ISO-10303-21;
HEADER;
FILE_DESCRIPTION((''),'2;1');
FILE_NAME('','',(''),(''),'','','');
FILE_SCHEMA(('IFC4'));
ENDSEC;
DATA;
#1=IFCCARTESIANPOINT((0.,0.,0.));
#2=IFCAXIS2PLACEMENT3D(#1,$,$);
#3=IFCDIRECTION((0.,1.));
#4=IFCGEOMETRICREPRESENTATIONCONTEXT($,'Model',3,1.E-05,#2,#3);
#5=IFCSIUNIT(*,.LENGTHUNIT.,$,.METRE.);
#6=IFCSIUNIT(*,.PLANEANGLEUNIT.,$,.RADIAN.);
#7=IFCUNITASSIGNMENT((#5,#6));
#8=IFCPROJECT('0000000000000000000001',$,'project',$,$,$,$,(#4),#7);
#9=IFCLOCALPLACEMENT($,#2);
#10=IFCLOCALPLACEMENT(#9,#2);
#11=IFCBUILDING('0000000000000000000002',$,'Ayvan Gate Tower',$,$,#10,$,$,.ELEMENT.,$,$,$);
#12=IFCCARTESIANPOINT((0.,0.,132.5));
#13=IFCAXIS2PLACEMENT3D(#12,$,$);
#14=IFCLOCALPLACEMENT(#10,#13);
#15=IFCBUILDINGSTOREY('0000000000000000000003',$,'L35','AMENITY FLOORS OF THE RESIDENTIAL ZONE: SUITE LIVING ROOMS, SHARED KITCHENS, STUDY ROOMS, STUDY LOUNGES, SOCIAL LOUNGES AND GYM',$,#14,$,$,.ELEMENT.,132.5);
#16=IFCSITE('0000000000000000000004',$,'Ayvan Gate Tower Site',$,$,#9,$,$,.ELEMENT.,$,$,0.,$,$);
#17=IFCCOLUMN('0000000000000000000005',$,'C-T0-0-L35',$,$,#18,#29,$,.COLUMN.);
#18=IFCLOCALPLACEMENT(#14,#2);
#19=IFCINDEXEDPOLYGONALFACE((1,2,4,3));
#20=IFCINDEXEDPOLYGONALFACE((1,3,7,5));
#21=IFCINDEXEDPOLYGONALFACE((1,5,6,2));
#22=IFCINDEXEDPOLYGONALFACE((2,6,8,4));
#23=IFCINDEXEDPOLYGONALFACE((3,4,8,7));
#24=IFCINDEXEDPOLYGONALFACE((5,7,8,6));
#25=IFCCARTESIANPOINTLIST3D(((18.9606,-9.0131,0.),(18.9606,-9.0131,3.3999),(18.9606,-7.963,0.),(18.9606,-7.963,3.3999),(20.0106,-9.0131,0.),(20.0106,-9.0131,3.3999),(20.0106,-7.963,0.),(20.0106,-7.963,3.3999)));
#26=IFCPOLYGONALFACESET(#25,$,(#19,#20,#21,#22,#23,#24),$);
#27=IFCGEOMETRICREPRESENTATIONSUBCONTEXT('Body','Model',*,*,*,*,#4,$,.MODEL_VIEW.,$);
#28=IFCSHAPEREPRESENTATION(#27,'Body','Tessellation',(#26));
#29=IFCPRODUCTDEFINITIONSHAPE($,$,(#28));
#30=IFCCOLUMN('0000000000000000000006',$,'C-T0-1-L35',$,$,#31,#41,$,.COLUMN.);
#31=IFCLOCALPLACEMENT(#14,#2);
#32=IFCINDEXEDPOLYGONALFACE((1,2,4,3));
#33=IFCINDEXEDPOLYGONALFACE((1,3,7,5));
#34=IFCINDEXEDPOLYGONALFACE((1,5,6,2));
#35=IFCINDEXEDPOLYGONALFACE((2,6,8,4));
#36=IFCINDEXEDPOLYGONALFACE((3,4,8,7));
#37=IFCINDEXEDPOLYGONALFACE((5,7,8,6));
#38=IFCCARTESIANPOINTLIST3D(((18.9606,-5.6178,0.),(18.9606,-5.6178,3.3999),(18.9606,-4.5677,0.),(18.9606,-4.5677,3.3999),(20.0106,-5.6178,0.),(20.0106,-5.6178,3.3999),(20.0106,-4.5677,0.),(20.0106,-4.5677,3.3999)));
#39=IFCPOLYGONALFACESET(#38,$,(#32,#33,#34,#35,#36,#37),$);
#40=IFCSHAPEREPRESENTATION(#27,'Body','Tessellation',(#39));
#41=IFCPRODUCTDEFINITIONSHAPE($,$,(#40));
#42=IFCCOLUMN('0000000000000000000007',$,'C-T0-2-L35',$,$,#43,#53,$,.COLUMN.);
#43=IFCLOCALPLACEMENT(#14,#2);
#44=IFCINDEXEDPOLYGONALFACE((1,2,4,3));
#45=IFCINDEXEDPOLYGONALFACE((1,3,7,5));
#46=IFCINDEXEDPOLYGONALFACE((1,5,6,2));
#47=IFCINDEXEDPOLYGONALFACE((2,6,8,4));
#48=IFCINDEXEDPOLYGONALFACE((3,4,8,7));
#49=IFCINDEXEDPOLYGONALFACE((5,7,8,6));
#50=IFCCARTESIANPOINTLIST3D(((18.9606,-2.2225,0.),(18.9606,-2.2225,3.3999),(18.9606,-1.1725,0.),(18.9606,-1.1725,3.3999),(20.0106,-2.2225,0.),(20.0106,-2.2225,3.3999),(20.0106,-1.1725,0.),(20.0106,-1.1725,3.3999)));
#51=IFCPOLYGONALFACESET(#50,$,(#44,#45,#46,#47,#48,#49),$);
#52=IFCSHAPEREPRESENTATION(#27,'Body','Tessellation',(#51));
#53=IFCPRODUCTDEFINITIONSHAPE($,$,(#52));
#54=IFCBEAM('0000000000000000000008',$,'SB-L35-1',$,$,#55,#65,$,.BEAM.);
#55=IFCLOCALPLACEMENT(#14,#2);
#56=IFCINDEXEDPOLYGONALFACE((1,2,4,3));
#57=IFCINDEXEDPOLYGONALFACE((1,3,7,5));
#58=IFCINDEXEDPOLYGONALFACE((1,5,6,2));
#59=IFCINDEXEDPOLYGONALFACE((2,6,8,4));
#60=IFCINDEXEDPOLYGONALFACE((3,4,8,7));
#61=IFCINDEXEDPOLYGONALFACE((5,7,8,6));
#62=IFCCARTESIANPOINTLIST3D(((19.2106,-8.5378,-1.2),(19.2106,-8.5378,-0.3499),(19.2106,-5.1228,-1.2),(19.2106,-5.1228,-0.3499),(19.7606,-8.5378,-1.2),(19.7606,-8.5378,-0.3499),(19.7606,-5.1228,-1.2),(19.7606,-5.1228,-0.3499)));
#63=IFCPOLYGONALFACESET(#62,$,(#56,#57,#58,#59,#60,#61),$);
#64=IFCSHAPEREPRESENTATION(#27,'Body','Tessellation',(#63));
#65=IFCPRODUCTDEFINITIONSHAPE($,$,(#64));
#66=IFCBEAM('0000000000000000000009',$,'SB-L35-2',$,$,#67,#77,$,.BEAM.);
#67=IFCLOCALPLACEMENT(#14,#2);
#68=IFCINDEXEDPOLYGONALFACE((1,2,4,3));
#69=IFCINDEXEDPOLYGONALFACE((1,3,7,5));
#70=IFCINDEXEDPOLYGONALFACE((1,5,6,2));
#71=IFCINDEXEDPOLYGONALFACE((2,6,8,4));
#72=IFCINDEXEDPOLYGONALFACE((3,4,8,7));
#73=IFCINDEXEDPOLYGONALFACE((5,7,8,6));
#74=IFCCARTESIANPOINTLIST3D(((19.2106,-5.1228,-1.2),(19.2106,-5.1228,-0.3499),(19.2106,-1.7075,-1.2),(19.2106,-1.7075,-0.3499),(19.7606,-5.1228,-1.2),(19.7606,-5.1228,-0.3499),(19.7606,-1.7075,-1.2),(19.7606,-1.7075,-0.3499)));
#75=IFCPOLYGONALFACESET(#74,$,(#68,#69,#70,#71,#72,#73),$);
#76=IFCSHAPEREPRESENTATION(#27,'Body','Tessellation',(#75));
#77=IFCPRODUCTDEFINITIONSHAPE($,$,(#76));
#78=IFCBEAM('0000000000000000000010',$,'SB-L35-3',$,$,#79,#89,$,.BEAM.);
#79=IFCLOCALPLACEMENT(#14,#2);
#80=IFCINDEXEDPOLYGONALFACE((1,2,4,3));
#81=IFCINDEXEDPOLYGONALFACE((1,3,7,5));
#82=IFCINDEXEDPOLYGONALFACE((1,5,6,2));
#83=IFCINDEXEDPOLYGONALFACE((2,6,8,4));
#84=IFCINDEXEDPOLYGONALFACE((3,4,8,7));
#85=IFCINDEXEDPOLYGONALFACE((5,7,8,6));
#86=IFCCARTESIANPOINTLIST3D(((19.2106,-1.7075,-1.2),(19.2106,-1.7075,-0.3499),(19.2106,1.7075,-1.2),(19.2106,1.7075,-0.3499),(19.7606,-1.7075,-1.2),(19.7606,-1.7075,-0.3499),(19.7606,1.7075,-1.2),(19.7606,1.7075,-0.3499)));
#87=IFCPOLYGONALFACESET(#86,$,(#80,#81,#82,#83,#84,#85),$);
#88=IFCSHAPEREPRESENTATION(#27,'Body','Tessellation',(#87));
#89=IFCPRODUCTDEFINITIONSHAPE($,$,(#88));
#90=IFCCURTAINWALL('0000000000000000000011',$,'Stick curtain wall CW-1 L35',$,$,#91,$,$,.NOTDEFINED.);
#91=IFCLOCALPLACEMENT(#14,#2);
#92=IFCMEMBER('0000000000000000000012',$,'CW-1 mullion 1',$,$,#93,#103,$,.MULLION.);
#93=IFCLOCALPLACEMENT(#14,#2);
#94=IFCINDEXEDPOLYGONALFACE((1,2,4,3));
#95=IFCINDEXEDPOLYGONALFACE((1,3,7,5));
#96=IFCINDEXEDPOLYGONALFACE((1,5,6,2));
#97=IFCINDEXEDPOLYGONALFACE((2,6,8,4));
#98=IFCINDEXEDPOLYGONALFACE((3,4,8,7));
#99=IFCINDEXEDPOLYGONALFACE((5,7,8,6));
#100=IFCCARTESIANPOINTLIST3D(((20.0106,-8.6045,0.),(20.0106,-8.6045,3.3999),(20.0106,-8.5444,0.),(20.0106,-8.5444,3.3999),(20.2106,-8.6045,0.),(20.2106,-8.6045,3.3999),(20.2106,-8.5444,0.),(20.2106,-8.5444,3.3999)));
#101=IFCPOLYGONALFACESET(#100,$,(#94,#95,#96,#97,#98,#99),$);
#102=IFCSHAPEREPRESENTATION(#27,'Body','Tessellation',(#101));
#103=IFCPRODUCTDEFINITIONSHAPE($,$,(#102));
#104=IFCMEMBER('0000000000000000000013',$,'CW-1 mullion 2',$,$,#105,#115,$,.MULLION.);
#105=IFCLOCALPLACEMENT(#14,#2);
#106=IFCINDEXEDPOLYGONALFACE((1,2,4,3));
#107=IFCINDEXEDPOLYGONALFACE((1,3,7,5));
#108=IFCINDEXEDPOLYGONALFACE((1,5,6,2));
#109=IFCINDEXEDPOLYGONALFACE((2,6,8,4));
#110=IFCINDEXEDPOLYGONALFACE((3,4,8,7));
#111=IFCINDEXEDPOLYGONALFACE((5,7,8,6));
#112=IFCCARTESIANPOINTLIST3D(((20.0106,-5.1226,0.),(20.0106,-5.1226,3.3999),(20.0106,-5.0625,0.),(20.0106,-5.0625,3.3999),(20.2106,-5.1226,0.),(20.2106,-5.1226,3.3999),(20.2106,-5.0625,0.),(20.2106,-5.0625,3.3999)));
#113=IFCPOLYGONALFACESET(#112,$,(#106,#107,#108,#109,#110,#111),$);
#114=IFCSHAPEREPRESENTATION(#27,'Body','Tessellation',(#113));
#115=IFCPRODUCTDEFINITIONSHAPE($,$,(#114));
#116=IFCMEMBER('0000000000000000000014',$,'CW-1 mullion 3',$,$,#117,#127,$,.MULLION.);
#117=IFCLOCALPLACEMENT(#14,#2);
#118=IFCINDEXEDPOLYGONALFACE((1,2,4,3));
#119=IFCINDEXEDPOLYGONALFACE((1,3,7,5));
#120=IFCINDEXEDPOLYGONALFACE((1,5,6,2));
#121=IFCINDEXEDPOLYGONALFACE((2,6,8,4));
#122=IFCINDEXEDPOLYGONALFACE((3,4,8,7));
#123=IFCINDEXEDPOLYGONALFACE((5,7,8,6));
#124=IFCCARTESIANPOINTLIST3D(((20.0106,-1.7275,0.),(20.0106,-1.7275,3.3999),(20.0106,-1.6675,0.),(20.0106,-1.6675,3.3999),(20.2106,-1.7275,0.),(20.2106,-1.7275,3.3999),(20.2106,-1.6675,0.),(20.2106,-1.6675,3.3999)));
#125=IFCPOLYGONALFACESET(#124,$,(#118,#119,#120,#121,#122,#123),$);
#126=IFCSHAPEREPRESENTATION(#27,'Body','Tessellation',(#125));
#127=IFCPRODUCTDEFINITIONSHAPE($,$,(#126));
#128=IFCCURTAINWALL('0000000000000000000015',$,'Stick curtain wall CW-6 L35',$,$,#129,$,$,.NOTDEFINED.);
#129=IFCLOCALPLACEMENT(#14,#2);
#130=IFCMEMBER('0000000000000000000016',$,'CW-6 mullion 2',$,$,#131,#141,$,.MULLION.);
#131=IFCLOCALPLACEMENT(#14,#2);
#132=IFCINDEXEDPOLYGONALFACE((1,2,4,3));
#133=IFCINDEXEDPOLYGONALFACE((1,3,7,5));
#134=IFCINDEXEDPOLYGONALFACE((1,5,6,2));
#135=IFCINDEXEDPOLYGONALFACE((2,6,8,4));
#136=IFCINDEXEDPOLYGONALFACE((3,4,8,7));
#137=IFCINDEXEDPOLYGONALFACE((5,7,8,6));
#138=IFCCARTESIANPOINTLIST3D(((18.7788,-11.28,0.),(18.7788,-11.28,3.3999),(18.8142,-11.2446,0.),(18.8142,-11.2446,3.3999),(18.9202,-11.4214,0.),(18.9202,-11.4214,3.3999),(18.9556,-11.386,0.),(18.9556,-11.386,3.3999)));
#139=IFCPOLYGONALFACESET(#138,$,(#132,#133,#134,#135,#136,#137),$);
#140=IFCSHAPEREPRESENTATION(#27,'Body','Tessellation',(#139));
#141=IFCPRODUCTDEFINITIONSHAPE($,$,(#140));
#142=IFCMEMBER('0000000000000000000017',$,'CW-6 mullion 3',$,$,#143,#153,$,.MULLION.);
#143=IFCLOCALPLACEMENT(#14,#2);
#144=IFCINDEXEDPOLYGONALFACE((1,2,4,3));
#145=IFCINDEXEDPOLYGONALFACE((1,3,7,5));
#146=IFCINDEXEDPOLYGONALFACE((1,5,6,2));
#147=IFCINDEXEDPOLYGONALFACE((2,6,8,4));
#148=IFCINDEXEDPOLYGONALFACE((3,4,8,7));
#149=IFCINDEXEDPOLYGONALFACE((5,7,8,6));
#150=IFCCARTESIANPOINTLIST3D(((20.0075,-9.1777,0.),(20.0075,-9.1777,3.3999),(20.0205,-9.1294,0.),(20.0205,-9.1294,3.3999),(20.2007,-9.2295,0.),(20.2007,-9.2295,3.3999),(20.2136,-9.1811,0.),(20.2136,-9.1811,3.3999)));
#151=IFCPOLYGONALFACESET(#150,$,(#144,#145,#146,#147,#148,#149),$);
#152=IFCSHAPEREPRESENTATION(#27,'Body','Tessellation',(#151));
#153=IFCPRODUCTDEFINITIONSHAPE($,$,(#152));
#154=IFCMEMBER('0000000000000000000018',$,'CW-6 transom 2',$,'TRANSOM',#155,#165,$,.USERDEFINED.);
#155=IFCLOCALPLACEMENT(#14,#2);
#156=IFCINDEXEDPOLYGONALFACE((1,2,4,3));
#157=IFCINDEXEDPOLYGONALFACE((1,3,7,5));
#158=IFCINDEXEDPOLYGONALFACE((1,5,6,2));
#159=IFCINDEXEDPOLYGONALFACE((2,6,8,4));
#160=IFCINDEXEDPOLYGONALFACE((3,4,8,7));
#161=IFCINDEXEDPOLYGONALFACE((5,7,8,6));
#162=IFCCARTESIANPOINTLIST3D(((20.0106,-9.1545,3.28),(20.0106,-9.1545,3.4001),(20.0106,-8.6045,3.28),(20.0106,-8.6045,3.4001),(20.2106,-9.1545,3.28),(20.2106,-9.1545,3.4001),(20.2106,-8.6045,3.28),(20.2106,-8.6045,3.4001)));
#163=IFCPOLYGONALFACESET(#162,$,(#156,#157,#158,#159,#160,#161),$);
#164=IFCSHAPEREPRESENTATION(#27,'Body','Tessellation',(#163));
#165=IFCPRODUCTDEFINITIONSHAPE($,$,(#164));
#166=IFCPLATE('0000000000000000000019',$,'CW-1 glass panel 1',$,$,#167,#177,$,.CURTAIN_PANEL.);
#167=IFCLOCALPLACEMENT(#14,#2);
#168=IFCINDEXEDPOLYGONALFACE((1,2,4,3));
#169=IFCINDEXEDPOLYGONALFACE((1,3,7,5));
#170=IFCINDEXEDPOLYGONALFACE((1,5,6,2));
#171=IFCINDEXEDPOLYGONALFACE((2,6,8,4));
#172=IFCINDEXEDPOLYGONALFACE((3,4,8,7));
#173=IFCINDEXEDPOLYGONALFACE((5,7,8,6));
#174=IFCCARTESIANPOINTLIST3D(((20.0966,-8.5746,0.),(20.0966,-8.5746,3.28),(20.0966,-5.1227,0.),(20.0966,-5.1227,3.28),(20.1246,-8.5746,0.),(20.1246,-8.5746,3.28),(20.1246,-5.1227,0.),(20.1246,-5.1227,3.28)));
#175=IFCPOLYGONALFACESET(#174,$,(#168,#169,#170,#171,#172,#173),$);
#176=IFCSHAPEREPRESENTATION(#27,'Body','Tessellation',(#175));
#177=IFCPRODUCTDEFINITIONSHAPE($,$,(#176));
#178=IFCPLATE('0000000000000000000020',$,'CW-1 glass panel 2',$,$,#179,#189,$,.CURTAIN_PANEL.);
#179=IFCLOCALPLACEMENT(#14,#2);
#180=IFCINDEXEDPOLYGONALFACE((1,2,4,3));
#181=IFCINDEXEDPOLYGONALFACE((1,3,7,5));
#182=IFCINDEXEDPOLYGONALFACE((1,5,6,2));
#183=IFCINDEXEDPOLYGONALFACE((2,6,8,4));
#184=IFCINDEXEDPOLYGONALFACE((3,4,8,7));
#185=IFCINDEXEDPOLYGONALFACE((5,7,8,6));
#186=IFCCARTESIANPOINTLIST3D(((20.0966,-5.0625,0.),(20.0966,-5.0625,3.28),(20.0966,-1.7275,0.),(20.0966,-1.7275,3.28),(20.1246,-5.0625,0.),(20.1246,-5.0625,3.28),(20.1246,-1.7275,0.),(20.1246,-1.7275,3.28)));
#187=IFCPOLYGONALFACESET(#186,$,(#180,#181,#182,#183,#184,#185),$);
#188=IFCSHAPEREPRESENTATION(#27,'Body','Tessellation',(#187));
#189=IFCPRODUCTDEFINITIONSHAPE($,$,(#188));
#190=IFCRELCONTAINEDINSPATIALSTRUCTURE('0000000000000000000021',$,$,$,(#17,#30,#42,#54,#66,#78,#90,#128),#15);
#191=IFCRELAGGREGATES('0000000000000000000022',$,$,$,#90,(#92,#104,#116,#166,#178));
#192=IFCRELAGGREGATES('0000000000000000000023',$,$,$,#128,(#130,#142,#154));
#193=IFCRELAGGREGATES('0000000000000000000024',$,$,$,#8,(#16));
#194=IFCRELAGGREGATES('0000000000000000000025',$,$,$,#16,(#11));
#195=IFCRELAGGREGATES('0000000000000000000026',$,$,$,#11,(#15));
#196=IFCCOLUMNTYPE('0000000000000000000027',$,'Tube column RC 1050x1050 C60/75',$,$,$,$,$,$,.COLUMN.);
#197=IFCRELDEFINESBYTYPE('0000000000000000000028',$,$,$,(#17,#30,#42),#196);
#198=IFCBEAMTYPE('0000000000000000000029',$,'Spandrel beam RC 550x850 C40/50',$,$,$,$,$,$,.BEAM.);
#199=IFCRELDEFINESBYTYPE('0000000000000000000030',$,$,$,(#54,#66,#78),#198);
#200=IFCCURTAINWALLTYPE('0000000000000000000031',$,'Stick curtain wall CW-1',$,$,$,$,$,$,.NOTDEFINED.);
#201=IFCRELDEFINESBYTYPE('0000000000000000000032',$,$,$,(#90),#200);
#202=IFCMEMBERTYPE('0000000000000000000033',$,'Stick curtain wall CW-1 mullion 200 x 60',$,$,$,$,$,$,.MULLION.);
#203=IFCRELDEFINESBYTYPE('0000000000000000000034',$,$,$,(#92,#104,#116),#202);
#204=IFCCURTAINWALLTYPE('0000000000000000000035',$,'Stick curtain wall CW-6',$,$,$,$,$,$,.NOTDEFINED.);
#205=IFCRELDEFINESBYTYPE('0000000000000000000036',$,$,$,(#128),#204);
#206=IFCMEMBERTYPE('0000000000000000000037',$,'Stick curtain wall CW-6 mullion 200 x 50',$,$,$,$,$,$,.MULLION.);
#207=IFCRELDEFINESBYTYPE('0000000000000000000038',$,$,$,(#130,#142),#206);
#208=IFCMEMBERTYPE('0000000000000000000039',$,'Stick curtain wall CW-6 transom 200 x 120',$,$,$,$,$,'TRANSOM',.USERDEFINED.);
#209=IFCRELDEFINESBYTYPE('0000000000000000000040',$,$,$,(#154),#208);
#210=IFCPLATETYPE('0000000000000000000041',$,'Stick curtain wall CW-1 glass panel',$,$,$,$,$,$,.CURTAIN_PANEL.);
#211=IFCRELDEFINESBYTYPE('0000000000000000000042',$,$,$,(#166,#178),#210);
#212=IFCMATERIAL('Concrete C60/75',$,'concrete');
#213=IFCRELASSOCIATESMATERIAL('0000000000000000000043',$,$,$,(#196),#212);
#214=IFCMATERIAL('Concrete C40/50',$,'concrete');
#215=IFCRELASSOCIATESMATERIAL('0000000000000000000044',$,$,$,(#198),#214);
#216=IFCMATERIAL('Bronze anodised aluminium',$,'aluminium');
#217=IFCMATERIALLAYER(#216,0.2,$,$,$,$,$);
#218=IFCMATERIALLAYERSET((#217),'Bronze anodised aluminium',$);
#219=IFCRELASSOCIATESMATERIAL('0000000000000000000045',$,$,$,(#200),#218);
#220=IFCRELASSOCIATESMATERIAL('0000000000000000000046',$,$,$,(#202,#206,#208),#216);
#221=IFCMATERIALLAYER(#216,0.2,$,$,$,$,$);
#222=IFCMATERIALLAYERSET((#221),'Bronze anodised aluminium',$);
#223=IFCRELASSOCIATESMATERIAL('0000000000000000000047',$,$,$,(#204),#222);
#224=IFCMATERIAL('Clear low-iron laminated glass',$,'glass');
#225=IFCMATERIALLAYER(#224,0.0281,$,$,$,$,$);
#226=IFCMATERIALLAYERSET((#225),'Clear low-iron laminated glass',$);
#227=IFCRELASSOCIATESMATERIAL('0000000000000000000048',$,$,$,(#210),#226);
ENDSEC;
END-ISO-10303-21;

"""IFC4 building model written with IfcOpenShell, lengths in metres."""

from ifc_helpers import new_model, si_unit, direction, frame, origin, origin_2d, place, context, subcontext, project, spatial, rectangle, extrude, material, layer, layer_set, material_profile, profile_set, type_object, element, aggregate, save


model = new_model("IFC4")

# Units and contexts
model_context = context("Model", 3, precision=1e-05, world=origin(), true_north=direction((0.0, 1.0)))
body_context = subcontext(model_context, "Body", "Model", "MODEL_VIEW")
ifc_project = project(units=[si_unit("LENGTHUNIT", "METRE"), si_unit("PLANEANGLEUNIT", "RADIAN")], contexts=[model_context])

# Site, building, storey
site_placement = place(None, origin())
site = spatial("IfcSite", under=ifc_project, at=site_placement, Name="Ayvan Gate Tower Site", CompositionType="ELEMENT", RefElevation=0.0)
building_placement = place(site_placement, origin())
building = spatial("IfcBuilding", under=site, at=building_placement, Name="Ayvan Gate Tower", CompositionType="ELEMENT")
storey_placement = place(building_placement, frame((0.0, 0.0, 132.5)))
storey = spatial("IfcBuildingStorey", under=building, at=storey_placement, Name="L35", Description="AMENITY FLOORS OF THE RESIDENTIAL ZONE: SUITE LIVING ROOMS, SHARED KITCHENS, STUDY ROOMS, STUDY LOUNGES, SOCIAL LOUNGES AND GYM", CompositionType="ELEMENT", Elevation=132.5)

# Columns
ifc_material_1 = material(Name="Concrete C60/75", Category="concrete")
ifc_material_profile_1 = material_profile(ifc_material_1, rectangle(XDim=1.05, YDim=1.05, at=origin_2d()), Name="RC 1050x1050")
ifc_profile_set_1 = profile_set([ifc_material_profile_1], Name="Concrete C60/75")
column_type = type_object("IfcColumnType", Name="Tube column RC 1050x1050 C60/75", PredefinedType="COLUMN", material=ifc_profile_set_1)
for number, where, z_axis, x_axis, name in (
    (1, (19.4856, -8.488, 0.0), (0.0, 0.0, 1.0), (1.0, 0.0, 0.0), "C-T0-0-L35"),
    (2, (19.4856, -5.0928, 0.0), (0.0, 0.0, 1.0), (1.0, 0.0, 0.0), "C-T0-1-L35"),
    (3, (19.4856, -1.6975, 0.0), (0.0, 0.0, 1.0), (1.0, 0.0, 0.0), "C-T0-2-L35"),
):
    element("IfcColumn", number, at=place(storey_placement, frame(where, z_axis=z_axis, x_axis=x_axis)), inside=storey, type_object=column_type, Name=name, PredefinedType="COLUMN", context=body_context, shape_type="SweptSolid", body=[
        extrude(rectangle(XDim=1.05, YDim=1.05, at=origin_2d()), origin(), (0.0, 0.0, 1.0), 3.3999),
    ])

# Beams
ifc_material_2 = material(Name="Concrete C40/50", Category="concrete")
ifc_material_profile_2 = material_profile(ifc_material_2, rectangle(XDim=0.55, YDim=0.8501, at=origin_2d()), Name="RC 550x850")
ifc_profile_set_2 = profile_set([ifc_material_profile_2], Name="Concrete C40/50")
beam_type = type_object("IfcBeamType", Name="Spandrel beam RC 550x850 C40/50", PredefinedType="BEAM", material=ifc_profile_set_2)
beam_1_placement = place(storey_placement, frame((19.4856, -8.5378, -0.7749), z_axis=(0.0, 1.0, 0.0), x_axis=(-1.0, 0.0, 0.0)))
element("IfcBeam", 4, at=beam_1_placement, inside=storey, type_object=beam_type, Name="SB-L35-1", PredefinedType="BEAM", context=body_context, shape_type="SweptSolid", body=[
    extrude(rectangle(XDim=0.55, YDim=0.8501, at=origin_2d()), origin(), (0.0, 0.0, 1.0), 3.415),
])
beam_2_placement = place(storey_placement, frame((19.4856, -5.1228, -0.7749), z_axis=(0.0, 1.0, 0.0), x_axis=(-1.0, 0.0, 0.0)))
element("IfcBeam", 5, at=beam_2_placement, inside=storey, type_object=beam_type, Name="SB-L35-2", PredefinedType="BEAM", context=body_context, shape_type="SweptSolid", body=[
    extrude(rectangle(XDim=0.55, YDim=0.8501, at=origin_2d()), origin(), (0.0, 0.0, 1.0), 3.4153),
])
beam_3_placement = place(storey_placement, frame((19.4856, -1.7075, -0.7749), z_axis=(0.0, 1.0, 0.0), x_axis=(-1.0, 0.0, 0.0)))
element("IfcBeam", 6, at=beam_3_placement, inside=storey, type_object=beam_type, Name="SB-L35-3", PredefinedType="BEAM", context=body_context, shape_type="SweptSolid", body=[
    extrude(rectangle(XDim=0.55, YDim=0.8501, at=origin_2d()), origin(), (0.0, 0.0, 1.0), 3.415),
])

# Curtain walls, members
ifc_material_3 = material(Name="Bronze anodised aluminium", Category="aluminium")
ifc_layer_1 = layer(ifc_material_3, 0.2)
ifc_layer_set_1 = layer_set([ifc_layer_1], Name="Bronze anodised aluminium")
curtain_wall_type_1 = type_object("IfcCurtainWallType", Name="Stick curtain wall CW-1", PredefinedType="NOTDEFINED", material=ifc_layer_set_1)
curtain_wall_1_placement = place(storey_placement, origin())
curtain_wall_1 = element("IfcCurtainWall", 7, at=curtain_wall_1_placement, inside=storey, type_object=curtain_wall_type_1, Name="Stick curtain wall CW-1 L35", PredefinedType="NOTDEFINED")
ifc_material_profile_3 = material_profile(ifc_material_3, rectangle(XDim=0.2, YDim=0.0601, at=origin_2d()), Name="Stick curtain wall CW-1 mullion 200 x 60")
ifc_profile_set_3 = profile_set([ifc_material_profile_3], Name="Bronze anodised aluminium")
member_type_1 = type_object("IfcMemberType", Name="Stick curtain wall CW-1 mullion 200 x 60", PredefinedType="MULLION", material=ifc_profile_set_3)
member_1_placement = place(storey_placement, frame((20.1106, -8.5745, 0.0), z_axis=(0.0, 0.0, 1.0), x_axis=(1.0, 0.0, 0.0)))
member_1 = element("IfcMember", 8, at=member_1_placement, type_object=member_type_1, Name="CW-1 mullion 1", PredefinedType="MULLION", context=body_context, shape_type="SweptSolid", body=[
    extrude(rectangle(XDim=0.2, YDim=0.0601, at=origin_2d()), origin(), (0.0, 0.0, 1.0), 3.3999),
])
member_2_placement = place(storey_placement, frame((20.1106, -5.0925, 0.0), z_axis=(0.0, 0.0, 1.0), x_axis=(1.0, 0.0, 0.0)))
member_2 = element("IfcMember", 9, at=member_2_placement, type_object=member_type_1, Name="CW-1 mullion 2", PredefinedType="MULLION", context=body_context, shape_type="SweptSolid", body=[
    extrude(rectangle(XDim=0.2, YDim=0.0601, at=origin_2d()), origin(), (0.0, 0.0, 1.0), 3.3999),
])
member_3_placement = place(storey_placement, frame((20.1106, -1.6975, 0.0), z_axis=(0.0, 0.0, 1.0), x_axis=(1.0, 0.0, 0.0)))
member_3 = element("IfcMember", 10, at=member_3_placement, type_object=member_type_1, Name="CW-1 mullion 3", PredefinedType="MULLION", context=body_context, shape_type="SweptSolid", body=[
    extrude(rectangle(XDim=0.2, YDim=0.0601, at=origin_2d()), origin(), (0.0, 0.0, 1.0), 3.3999),
])
ifc_layer_2 = layer(ifc_material_3, 0.2)
ifc_layer_set_2 = layer_set([ifc_layer_2], Name="Bronze anodised aluminium")
curtain_wall_type_2 = type_object("IfcCurtainWallType", Name="Stick curtain wall CW-6", PredefinedType="NOTDEFINED", material=ifc_layer_set_2)
curtain_wall_2_placement = place(storey_placement, origin())
curtain_wall_2 = element("IfcCurtainWall", 11, at=curtain_wall_2_placement, inside=storey, type_object=curtain_wall_type_2, Name="Stick curtain wall CW-6 L35", PredefinedType="NOTDEFINED")
ifc_material_profile_4 = material_profile(ifc_material_3, rectangle(XDim=0.2, YDim=0.05, at=origin_2d()), Name="Stick curtain wall CW-6 mullion 200 x 50")
ifc_profile_set_4 = profile_set([ifc_material_profile_4], Name="Bronze anodised aluminium")
member_type_2 = type_object("IfcMemberType", Name="Stick curtain wall CW-6 mullion 200 x 50", PredefinedType="MULLION", material=ifc_profile_set_4)
member_4_placement = place(storey_placement, frame((18.8672, -11.333, 0.0), z_axis=(0.0, 0.0, 1.0), x_axis=(0.707107, -0.707107, 0.0)))
member_4 = element("IfcMember", 12, at=member_4_placement, type_object=member_type_2, Name="CW-6 mullion 2", PredefinedType="MULLION", context=body_context, shape_type="SweptSolid", body=[
    extrude(rectangle(XDim=0.2, YDim=0.05, at=origin_2d()), origin(), (0.0, 0.0, 1.0), 3.3999),
])
member_5_placement = place(storey_placement, frame((20.1106, -9.1794, 0.0), z_axis=(0.0, 0.0, 1.0), x_axis=(0.965926, -0.258819, 0.0)))
member_5 = element("IfcMember", 13, at=member_5_placement, type_object=member_type_2, Name="CW-6 mullion 3", PredefinedType="MULLION", context=body_context, shape_type="SweptSolid", body=[
    extrude(rectangle(XDim=0.2, YDim=0.05, at=origin_2d()), origin(), (0.0, 0.0, 1.0), 3.3999),
])
ifc_material_profile_5 = material_profile(ifc_material_3, rectangle(XDim=0.2, YDim=0.1201, at=origin_2d()), Name="Stick curtain wall CW-6 transom 200 x 120")
ifc_profile_set_5 = profile_set([ifc_material_profile_5], Name="Bronze anodised aluminium")
member_type_3 = type_object("IfcMemberType", Name="Stick curtain wall CW-6 transom 200 x 120", ElementType="TRANSOM", PredefinedType="USERDEFINED", material=ifc_profile_set_5)
member_6_placement = place(storey_placement, frame((20.1106, -9.1545, 3.3401), z_axis=(0.0, 1.0, 0.0), x_axis=(-1.0, 0.0, 0.0)))
member_6 = element("IfcMember", 14, at=member_6_placement, type_object=member_type_3, Name="CW-6 transom 2", ObjectType="TRANSOM", PredefinedType="USERDEFINED", context=body_context, shape_type="SweptSolid", body=[
    extrude(rectangle(XDim=0.2, YDim=0.1201, at=origin_2d()), origin(), (0.0, 0.0, 1.0), 0.55),
])

# Plates
ifc_material_4 = material(Name="Clear low-iron laminated glass", Category="glass")
ifc_layer_3 = layer(ifc_material_4, 0.0281)
ifc_layer_set_3 = layer_set([ifc_layer_3], Name="Clear low-iron laminated glass")
plate_type_1 = type_object("IfcPlateType", Name="Stick curtain wall CW-1 glass panel", PredefinedType="CURTAIN_PANEL", material=ifc_layer_set_3)
plate_1_placement = place(storey_placement, frame((20.1106, -6.8486, 0.0), z_axis=(0.0, 0.0, 1.0), x_axis=(0.0, 1.0, 0.0)))
plate_1 = element("IfcPlate", 15, at=plate_1_placement, type_object=plate_type_1, Name="CW-1 glass panel 1", PredefinedType="CURTAIN_PANEL", context=body_context, shape_type="SweptSolid", body=[
    extrude(rectangle(XDim=3.4519, YDim=0.0281, at=origin_2d()), origin(), (0.0, 0.0, 1.0), 3.28),
])
plate_2_placement = place(storey_placement, frame((20.1106, -3.395, 0.0), z_axis=(0.0, 0.0, 1.0), x_axis=(0.0, 1.0, 0.0)))
plate_2 = element("IfcPlate", 16, at=plate_2_placement, type_object=plate_type_1, Name="CW-1 glass panel 2", PredefinedType="CURTAIN_PANEL", context=body_context, shape_type="SweptSolid", body=[
    extrude(rectangle(XDim=3.335, YDim=0.0281, at=origin_2d()), origin(), (0.0, 0.0, 1.0), 3.28),
])
aggregate(curtain_wall_1, [member_1, member_2, member_3, plate_1, plate_2])
aggregate(curtain_wall_2, [member_4, member_5, member_6])

save(model, "model.ifc")
